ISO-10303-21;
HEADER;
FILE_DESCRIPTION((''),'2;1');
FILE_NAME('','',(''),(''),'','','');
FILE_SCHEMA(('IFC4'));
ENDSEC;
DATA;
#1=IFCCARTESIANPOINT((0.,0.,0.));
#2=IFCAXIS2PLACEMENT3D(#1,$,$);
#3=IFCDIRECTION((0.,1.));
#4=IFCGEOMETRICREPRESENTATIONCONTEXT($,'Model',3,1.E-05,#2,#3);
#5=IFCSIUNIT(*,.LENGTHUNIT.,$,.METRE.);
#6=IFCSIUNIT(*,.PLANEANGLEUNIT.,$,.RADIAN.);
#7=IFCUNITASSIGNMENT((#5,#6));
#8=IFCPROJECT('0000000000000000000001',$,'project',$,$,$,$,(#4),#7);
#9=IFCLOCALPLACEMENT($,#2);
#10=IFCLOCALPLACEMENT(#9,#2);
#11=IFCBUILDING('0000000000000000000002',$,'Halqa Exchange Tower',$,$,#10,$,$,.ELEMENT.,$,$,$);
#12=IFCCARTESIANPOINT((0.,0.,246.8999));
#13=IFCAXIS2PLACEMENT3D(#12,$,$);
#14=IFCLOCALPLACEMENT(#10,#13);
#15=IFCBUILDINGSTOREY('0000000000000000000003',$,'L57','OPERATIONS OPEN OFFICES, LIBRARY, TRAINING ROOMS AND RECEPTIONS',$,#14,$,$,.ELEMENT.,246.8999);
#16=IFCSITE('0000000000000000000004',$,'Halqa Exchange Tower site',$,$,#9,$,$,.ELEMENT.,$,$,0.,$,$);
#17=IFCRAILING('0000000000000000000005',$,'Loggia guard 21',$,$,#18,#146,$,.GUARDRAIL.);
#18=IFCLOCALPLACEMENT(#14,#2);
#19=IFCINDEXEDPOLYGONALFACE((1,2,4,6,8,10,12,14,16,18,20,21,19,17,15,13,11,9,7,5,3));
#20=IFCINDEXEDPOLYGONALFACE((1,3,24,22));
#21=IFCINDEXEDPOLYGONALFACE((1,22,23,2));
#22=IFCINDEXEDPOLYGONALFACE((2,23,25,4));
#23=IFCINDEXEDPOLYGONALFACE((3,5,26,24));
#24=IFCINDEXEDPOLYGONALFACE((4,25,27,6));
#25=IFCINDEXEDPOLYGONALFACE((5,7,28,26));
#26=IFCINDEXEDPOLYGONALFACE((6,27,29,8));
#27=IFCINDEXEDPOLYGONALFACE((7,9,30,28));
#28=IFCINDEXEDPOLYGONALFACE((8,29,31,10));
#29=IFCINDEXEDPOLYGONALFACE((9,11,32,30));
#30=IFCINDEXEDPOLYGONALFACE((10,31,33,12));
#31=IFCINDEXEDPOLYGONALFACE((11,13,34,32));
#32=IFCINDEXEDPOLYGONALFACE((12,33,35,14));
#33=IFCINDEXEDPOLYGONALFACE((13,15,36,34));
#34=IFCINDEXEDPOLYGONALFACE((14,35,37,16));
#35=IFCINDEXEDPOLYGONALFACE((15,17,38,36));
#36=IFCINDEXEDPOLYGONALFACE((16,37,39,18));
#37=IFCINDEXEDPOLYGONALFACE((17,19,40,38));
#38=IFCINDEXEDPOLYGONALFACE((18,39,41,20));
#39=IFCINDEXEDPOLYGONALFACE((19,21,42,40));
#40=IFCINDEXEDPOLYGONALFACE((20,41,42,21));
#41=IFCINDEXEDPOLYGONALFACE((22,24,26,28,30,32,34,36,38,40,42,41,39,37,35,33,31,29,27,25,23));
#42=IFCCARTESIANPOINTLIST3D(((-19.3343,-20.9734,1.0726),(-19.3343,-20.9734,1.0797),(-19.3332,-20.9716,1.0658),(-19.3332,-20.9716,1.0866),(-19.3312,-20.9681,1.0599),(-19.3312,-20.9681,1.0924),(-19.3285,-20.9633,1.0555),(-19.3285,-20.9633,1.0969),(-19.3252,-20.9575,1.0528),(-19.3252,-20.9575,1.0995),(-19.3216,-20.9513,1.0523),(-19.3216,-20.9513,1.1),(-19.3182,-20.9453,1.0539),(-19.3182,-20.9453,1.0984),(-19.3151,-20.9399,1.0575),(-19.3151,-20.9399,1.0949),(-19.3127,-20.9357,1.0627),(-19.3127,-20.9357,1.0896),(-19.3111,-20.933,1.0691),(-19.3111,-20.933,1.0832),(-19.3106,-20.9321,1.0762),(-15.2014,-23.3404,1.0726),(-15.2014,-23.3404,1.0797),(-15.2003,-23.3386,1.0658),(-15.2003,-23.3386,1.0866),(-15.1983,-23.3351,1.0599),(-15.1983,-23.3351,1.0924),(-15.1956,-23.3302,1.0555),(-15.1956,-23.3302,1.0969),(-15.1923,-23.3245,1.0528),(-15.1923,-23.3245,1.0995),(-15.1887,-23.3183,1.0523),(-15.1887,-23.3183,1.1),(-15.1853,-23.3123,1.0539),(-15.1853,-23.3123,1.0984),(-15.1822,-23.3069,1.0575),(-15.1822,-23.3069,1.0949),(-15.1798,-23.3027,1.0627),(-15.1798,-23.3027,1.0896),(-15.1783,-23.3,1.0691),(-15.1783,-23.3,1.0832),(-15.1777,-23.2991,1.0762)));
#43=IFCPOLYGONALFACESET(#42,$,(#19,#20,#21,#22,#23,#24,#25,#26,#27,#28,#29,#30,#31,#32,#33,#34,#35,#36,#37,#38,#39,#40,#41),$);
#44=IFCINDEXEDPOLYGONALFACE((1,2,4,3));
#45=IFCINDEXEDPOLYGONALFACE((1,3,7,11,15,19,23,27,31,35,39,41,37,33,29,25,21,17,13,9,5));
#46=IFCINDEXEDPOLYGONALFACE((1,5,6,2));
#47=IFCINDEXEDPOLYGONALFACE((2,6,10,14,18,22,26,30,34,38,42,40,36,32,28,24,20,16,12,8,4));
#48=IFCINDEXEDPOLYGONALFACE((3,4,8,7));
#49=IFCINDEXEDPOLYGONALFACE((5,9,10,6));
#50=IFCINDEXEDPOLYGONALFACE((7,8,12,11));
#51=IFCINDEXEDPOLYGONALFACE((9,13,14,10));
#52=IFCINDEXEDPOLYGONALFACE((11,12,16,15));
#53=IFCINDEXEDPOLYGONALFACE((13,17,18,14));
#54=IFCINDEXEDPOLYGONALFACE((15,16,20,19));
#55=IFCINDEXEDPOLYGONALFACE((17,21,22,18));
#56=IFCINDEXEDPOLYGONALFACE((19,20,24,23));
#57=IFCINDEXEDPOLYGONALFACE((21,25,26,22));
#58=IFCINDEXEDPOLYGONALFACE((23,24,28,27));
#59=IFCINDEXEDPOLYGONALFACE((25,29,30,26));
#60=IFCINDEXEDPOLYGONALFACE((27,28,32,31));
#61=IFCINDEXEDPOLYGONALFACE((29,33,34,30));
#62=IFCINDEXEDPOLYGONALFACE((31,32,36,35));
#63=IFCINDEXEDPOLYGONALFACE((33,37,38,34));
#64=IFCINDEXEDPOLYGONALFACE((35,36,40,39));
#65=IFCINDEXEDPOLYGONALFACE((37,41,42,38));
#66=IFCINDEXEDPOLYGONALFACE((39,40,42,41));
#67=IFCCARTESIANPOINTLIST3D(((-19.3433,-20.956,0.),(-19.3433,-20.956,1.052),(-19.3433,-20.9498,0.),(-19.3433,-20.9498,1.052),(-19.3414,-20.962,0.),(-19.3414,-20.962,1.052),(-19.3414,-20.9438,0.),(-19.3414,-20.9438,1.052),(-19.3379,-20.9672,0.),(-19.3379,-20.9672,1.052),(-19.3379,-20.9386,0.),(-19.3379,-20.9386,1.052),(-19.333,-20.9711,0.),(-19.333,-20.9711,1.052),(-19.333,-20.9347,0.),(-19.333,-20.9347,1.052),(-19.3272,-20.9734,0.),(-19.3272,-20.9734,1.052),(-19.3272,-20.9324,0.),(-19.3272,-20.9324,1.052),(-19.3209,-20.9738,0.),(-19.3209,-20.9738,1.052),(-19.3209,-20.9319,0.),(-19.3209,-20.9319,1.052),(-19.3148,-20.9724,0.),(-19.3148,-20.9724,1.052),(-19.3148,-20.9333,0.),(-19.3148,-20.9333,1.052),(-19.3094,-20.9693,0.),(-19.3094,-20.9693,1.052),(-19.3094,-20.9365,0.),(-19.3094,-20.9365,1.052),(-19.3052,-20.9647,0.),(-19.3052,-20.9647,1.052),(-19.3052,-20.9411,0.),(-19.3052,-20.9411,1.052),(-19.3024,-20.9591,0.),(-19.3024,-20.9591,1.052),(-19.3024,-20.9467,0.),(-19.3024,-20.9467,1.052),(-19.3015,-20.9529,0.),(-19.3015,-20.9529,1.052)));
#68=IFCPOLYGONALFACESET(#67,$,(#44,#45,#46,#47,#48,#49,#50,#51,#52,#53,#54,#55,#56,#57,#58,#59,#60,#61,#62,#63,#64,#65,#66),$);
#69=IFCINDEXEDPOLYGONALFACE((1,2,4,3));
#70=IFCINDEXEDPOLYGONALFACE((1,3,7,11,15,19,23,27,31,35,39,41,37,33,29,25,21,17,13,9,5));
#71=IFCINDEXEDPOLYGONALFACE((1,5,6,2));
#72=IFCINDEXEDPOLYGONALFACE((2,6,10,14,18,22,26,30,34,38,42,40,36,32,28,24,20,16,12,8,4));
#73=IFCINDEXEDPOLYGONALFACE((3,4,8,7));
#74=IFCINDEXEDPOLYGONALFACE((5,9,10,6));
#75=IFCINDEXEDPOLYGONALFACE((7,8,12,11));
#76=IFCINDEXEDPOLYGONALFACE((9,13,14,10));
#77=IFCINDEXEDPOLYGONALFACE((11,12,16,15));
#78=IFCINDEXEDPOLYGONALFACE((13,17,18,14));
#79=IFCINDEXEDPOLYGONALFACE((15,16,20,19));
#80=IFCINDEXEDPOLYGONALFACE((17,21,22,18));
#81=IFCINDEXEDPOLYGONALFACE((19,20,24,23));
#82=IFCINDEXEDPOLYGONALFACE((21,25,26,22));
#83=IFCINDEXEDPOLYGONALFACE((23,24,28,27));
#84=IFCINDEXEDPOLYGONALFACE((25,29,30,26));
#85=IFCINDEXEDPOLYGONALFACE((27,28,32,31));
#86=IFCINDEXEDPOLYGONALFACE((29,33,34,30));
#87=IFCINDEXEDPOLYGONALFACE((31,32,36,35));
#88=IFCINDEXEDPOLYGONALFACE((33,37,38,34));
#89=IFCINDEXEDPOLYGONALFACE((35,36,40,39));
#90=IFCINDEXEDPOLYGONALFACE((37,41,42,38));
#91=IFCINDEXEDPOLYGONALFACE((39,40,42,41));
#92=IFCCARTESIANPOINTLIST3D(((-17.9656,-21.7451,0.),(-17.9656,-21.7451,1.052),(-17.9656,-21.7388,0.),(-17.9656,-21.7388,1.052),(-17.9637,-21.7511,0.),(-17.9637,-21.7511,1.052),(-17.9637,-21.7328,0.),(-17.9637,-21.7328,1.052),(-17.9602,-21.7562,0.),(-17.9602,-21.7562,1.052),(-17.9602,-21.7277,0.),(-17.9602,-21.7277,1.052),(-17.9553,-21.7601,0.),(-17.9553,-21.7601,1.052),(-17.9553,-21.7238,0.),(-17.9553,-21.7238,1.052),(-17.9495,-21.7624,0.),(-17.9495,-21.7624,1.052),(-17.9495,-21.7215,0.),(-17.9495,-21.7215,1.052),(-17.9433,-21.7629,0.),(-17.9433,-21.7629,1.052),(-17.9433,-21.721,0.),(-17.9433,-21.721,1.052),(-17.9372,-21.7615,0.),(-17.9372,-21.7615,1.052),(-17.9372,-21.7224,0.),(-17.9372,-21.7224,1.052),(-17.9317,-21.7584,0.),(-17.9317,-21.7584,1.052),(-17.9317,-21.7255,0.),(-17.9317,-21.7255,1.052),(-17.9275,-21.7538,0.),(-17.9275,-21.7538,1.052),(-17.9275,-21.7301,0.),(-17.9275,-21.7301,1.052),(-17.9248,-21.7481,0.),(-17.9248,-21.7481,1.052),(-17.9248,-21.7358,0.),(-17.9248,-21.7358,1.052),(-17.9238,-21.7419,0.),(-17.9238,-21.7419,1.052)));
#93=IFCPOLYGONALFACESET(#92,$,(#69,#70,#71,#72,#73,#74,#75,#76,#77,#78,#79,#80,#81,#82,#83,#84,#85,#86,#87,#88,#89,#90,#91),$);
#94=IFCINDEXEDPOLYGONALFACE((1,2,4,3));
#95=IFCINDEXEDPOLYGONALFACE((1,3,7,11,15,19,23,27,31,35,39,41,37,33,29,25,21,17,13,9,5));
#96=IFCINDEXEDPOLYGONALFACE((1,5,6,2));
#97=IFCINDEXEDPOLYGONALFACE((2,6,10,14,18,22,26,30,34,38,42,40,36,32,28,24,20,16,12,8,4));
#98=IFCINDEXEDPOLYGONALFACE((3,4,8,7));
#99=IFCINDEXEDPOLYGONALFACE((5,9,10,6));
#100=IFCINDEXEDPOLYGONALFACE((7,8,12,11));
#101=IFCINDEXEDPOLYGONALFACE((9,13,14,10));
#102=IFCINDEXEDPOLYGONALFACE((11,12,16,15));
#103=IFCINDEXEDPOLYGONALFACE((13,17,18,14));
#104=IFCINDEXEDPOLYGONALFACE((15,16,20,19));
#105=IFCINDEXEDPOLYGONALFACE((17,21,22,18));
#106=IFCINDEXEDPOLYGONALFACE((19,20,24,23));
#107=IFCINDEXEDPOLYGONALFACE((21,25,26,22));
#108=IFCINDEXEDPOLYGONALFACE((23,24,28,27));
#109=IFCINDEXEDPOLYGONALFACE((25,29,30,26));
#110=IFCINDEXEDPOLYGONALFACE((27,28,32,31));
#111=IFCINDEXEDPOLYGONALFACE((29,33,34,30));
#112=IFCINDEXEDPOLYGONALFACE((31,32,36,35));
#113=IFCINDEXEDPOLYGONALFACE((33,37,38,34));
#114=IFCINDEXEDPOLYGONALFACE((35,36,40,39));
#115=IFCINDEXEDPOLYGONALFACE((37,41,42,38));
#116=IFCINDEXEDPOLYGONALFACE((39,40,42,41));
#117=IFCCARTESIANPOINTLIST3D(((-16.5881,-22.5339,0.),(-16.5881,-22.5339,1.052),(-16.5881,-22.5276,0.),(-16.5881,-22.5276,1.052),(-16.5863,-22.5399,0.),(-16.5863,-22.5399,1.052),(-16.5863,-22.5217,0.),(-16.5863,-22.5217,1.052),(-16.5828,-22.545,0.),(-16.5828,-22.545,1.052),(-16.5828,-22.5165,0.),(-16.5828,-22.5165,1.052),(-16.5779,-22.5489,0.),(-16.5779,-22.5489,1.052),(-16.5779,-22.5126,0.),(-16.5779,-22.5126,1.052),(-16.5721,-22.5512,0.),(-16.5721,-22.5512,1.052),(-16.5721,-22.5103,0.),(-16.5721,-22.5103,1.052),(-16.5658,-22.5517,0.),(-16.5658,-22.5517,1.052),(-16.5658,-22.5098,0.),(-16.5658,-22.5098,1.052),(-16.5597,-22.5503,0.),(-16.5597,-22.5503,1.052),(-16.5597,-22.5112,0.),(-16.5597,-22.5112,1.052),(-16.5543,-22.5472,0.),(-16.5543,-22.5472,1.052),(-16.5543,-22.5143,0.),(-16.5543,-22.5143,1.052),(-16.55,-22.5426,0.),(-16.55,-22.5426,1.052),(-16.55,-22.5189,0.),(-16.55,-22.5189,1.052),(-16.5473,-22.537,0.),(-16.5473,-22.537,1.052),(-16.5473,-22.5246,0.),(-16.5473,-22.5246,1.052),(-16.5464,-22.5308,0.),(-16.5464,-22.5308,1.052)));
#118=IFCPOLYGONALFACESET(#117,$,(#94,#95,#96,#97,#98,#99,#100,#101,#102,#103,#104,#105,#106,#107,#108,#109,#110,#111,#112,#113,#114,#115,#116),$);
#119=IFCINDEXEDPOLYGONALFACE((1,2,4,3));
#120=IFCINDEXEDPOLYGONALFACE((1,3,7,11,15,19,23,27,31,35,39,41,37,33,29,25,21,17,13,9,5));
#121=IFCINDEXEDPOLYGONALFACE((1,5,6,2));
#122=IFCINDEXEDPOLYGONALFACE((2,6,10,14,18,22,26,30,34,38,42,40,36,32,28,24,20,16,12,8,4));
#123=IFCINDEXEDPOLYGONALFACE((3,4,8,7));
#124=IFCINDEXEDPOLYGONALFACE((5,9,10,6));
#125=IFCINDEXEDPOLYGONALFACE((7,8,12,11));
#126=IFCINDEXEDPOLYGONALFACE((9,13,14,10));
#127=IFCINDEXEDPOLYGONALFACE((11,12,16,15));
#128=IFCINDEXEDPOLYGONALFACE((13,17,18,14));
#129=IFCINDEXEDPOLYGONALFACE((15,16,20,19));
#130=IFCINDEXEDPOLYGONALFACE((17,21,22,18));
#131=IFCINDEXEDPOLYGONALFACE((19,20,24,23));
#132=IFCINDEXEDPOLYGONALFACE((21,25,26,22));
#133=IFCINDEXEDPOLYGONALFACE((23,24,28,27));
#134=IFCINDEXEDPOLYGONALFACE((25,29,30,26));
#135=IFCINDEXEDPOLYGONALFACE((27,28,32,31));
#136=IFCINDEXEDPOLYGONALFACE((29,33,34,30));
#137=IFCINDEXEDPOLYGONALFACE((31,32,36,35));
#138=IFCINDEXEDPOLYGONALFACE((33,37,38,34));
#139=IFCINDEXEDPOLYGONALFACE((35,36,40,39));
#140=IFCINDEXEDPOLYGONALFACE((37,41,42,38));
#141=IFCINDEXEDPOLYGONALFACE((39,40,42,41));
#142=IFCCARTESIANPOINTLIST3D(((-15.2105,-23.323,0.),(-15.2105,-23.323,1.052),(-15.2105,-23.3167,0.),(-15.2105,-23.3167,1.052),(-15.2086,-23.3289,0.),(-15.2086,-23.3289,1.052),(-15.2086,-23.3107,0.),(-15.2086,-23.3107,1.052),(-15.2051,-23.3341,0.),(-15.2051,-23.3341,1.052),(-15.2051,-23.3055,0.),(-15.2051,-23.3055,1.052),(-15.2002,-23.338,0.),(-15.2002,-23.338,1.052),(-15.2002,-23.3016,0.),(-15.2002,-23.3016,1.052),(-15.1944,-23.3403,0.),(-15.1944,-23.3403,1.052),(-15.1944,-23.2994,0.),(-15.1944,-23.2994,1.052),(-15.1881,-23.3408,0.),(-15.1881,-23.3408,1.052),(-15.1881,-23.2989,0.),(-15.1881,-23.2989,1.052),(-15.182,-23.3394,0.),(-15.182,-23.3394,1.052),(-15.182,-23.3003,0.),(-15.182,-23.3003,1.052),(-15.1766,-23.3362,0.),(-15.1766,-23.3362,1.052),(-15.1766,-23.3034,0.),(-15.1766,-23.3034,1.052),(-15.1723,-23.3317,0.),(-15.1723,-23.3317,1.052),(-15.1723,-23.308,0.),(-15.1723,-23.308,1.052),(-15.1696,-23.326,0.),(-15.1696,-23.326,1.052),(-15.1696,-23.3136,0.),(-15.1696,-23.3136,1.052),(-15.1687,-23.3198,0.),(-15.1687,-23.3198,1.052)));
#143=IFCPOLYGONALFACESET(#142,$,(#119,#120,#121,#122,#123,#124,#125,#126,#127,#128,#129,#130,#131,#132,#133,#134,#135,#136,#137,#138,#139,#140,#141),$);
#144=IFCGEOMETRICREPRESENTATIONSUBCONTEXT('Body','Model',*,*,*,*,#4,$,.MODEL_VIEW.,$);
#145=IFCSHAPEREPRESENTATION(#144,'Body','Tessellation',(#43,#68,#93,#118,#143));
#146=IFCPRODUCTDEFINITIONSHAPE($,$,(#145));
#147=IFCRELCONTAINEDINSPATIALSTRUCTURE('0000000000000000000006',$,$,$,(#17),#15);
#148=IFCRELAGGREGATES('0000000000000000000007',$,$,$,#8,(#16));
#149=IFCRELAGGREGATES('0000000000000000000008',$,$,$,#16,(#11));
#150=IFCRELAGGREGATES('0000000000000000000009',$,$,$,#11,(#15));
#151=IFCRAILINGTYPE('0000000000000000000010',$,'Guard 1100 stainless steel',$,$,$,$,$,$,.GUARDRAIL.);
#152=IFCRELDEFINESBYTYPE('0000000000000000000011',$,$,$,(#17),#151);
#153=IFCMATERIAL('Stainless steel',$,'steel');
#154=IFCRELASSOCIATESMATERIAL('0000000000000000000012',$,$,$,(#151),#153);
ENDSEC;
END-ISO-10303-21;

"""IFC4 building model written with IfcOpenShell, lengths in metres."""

from ifc_helpers import new_model, si_unit, direction, frame, origin, origin_2d, place, context, subcontext, project, spatial, circle, extrude, material, type_object, element, save


model = new_model("IFC4")

# Units and contexts
model_context = context("Model", 3, precision=1e-05, world=origin(), true_north=direction((0.0, 1.0)))
body_context = subcontext(model_context, "Body", "Model", "MODEL_VIEW")
ifc_project = project(units=[si_unit("LENGTHUNIT", "METRE"), si_unit("PLANEANGLEUNIT", "RADIAN")], contexts=[model_context])

# Site, building, storey
site_placement = place(None, origin())
site = spatial("IfcSite", under=ifc_project, at=site_placement, Name="Halqa Exchange Tower site", CompositionType="ELEMENT", RefElevation=0.0)
building_placement = place(site_placement, origin())
building = spatial("IfcBuilding", under=site, at=building_placement, Name="Halqa Exchange Tower", CompositionType="ELEMENT")
storey_placement = place(building_placement, frame((0.0, 0.0, 246.8999)))
storey = spatial("IfcBuildingStorey", under=building, at=storey_placement, Name="L57", Description="OPERATIONS OPEN OFFICES, LIBRARY, TRAINING ROOMS AND RECEPTIONS", CompositionType="ELEMENT", Elevation=246.8999)

# Railing
ifc_material_1 = material(Name="Stainless steel", Category="steel")
railing_type = type_object("IfcRailingType", Name="Guard 1100 stainless steel", PredefinedType="GUARDRAIL", material=ifc_material_1)
railing_1_placement = place(storey_placement, frame((-19.3225, -20.9529, 0.0)))
element("IfcRailing", 1, at=railing_1_placement, inside=storey, type_object=railing_type, Name="Loggia guard 21", PredefinedType="GUARDRAIL", context=body_context, shape_type="SweptSolid", body=[
    extrude(circle(Radius=0.0239, at=origin_2d()), frame((0.0, 0.0, 1.0762), z_axis=(0.86776, -0.496983, 0.0), x_axis=(0.496983, 0.86776, 0.0)), (0.0, 0.0, 1.0), 4.7627),
    extrude(circle(Radius=0.021, at=origin_2d()), origin(), (0.0, 0.0, 1.0), 1.052),
    extrude(circle(Radius=0.021, at=origin_2d()), frame((1.3777, -0.7891, 0.0)), (0.0, 0.0, 1.0), 1.052),
    extrude(circle(Radius=0.021, at=origin_2d()), frame((2.7551, -1.5779, 0.0)), (0.0, 0.0, 1.0), 1.052),
    extrude(circle(Radius=0.021, at=origin_2d()), frame((4.1328, -2.3669, 0.0)), (0.0, 0.0, 1.0), 1.052),
])

save(model, "model.ifc")
